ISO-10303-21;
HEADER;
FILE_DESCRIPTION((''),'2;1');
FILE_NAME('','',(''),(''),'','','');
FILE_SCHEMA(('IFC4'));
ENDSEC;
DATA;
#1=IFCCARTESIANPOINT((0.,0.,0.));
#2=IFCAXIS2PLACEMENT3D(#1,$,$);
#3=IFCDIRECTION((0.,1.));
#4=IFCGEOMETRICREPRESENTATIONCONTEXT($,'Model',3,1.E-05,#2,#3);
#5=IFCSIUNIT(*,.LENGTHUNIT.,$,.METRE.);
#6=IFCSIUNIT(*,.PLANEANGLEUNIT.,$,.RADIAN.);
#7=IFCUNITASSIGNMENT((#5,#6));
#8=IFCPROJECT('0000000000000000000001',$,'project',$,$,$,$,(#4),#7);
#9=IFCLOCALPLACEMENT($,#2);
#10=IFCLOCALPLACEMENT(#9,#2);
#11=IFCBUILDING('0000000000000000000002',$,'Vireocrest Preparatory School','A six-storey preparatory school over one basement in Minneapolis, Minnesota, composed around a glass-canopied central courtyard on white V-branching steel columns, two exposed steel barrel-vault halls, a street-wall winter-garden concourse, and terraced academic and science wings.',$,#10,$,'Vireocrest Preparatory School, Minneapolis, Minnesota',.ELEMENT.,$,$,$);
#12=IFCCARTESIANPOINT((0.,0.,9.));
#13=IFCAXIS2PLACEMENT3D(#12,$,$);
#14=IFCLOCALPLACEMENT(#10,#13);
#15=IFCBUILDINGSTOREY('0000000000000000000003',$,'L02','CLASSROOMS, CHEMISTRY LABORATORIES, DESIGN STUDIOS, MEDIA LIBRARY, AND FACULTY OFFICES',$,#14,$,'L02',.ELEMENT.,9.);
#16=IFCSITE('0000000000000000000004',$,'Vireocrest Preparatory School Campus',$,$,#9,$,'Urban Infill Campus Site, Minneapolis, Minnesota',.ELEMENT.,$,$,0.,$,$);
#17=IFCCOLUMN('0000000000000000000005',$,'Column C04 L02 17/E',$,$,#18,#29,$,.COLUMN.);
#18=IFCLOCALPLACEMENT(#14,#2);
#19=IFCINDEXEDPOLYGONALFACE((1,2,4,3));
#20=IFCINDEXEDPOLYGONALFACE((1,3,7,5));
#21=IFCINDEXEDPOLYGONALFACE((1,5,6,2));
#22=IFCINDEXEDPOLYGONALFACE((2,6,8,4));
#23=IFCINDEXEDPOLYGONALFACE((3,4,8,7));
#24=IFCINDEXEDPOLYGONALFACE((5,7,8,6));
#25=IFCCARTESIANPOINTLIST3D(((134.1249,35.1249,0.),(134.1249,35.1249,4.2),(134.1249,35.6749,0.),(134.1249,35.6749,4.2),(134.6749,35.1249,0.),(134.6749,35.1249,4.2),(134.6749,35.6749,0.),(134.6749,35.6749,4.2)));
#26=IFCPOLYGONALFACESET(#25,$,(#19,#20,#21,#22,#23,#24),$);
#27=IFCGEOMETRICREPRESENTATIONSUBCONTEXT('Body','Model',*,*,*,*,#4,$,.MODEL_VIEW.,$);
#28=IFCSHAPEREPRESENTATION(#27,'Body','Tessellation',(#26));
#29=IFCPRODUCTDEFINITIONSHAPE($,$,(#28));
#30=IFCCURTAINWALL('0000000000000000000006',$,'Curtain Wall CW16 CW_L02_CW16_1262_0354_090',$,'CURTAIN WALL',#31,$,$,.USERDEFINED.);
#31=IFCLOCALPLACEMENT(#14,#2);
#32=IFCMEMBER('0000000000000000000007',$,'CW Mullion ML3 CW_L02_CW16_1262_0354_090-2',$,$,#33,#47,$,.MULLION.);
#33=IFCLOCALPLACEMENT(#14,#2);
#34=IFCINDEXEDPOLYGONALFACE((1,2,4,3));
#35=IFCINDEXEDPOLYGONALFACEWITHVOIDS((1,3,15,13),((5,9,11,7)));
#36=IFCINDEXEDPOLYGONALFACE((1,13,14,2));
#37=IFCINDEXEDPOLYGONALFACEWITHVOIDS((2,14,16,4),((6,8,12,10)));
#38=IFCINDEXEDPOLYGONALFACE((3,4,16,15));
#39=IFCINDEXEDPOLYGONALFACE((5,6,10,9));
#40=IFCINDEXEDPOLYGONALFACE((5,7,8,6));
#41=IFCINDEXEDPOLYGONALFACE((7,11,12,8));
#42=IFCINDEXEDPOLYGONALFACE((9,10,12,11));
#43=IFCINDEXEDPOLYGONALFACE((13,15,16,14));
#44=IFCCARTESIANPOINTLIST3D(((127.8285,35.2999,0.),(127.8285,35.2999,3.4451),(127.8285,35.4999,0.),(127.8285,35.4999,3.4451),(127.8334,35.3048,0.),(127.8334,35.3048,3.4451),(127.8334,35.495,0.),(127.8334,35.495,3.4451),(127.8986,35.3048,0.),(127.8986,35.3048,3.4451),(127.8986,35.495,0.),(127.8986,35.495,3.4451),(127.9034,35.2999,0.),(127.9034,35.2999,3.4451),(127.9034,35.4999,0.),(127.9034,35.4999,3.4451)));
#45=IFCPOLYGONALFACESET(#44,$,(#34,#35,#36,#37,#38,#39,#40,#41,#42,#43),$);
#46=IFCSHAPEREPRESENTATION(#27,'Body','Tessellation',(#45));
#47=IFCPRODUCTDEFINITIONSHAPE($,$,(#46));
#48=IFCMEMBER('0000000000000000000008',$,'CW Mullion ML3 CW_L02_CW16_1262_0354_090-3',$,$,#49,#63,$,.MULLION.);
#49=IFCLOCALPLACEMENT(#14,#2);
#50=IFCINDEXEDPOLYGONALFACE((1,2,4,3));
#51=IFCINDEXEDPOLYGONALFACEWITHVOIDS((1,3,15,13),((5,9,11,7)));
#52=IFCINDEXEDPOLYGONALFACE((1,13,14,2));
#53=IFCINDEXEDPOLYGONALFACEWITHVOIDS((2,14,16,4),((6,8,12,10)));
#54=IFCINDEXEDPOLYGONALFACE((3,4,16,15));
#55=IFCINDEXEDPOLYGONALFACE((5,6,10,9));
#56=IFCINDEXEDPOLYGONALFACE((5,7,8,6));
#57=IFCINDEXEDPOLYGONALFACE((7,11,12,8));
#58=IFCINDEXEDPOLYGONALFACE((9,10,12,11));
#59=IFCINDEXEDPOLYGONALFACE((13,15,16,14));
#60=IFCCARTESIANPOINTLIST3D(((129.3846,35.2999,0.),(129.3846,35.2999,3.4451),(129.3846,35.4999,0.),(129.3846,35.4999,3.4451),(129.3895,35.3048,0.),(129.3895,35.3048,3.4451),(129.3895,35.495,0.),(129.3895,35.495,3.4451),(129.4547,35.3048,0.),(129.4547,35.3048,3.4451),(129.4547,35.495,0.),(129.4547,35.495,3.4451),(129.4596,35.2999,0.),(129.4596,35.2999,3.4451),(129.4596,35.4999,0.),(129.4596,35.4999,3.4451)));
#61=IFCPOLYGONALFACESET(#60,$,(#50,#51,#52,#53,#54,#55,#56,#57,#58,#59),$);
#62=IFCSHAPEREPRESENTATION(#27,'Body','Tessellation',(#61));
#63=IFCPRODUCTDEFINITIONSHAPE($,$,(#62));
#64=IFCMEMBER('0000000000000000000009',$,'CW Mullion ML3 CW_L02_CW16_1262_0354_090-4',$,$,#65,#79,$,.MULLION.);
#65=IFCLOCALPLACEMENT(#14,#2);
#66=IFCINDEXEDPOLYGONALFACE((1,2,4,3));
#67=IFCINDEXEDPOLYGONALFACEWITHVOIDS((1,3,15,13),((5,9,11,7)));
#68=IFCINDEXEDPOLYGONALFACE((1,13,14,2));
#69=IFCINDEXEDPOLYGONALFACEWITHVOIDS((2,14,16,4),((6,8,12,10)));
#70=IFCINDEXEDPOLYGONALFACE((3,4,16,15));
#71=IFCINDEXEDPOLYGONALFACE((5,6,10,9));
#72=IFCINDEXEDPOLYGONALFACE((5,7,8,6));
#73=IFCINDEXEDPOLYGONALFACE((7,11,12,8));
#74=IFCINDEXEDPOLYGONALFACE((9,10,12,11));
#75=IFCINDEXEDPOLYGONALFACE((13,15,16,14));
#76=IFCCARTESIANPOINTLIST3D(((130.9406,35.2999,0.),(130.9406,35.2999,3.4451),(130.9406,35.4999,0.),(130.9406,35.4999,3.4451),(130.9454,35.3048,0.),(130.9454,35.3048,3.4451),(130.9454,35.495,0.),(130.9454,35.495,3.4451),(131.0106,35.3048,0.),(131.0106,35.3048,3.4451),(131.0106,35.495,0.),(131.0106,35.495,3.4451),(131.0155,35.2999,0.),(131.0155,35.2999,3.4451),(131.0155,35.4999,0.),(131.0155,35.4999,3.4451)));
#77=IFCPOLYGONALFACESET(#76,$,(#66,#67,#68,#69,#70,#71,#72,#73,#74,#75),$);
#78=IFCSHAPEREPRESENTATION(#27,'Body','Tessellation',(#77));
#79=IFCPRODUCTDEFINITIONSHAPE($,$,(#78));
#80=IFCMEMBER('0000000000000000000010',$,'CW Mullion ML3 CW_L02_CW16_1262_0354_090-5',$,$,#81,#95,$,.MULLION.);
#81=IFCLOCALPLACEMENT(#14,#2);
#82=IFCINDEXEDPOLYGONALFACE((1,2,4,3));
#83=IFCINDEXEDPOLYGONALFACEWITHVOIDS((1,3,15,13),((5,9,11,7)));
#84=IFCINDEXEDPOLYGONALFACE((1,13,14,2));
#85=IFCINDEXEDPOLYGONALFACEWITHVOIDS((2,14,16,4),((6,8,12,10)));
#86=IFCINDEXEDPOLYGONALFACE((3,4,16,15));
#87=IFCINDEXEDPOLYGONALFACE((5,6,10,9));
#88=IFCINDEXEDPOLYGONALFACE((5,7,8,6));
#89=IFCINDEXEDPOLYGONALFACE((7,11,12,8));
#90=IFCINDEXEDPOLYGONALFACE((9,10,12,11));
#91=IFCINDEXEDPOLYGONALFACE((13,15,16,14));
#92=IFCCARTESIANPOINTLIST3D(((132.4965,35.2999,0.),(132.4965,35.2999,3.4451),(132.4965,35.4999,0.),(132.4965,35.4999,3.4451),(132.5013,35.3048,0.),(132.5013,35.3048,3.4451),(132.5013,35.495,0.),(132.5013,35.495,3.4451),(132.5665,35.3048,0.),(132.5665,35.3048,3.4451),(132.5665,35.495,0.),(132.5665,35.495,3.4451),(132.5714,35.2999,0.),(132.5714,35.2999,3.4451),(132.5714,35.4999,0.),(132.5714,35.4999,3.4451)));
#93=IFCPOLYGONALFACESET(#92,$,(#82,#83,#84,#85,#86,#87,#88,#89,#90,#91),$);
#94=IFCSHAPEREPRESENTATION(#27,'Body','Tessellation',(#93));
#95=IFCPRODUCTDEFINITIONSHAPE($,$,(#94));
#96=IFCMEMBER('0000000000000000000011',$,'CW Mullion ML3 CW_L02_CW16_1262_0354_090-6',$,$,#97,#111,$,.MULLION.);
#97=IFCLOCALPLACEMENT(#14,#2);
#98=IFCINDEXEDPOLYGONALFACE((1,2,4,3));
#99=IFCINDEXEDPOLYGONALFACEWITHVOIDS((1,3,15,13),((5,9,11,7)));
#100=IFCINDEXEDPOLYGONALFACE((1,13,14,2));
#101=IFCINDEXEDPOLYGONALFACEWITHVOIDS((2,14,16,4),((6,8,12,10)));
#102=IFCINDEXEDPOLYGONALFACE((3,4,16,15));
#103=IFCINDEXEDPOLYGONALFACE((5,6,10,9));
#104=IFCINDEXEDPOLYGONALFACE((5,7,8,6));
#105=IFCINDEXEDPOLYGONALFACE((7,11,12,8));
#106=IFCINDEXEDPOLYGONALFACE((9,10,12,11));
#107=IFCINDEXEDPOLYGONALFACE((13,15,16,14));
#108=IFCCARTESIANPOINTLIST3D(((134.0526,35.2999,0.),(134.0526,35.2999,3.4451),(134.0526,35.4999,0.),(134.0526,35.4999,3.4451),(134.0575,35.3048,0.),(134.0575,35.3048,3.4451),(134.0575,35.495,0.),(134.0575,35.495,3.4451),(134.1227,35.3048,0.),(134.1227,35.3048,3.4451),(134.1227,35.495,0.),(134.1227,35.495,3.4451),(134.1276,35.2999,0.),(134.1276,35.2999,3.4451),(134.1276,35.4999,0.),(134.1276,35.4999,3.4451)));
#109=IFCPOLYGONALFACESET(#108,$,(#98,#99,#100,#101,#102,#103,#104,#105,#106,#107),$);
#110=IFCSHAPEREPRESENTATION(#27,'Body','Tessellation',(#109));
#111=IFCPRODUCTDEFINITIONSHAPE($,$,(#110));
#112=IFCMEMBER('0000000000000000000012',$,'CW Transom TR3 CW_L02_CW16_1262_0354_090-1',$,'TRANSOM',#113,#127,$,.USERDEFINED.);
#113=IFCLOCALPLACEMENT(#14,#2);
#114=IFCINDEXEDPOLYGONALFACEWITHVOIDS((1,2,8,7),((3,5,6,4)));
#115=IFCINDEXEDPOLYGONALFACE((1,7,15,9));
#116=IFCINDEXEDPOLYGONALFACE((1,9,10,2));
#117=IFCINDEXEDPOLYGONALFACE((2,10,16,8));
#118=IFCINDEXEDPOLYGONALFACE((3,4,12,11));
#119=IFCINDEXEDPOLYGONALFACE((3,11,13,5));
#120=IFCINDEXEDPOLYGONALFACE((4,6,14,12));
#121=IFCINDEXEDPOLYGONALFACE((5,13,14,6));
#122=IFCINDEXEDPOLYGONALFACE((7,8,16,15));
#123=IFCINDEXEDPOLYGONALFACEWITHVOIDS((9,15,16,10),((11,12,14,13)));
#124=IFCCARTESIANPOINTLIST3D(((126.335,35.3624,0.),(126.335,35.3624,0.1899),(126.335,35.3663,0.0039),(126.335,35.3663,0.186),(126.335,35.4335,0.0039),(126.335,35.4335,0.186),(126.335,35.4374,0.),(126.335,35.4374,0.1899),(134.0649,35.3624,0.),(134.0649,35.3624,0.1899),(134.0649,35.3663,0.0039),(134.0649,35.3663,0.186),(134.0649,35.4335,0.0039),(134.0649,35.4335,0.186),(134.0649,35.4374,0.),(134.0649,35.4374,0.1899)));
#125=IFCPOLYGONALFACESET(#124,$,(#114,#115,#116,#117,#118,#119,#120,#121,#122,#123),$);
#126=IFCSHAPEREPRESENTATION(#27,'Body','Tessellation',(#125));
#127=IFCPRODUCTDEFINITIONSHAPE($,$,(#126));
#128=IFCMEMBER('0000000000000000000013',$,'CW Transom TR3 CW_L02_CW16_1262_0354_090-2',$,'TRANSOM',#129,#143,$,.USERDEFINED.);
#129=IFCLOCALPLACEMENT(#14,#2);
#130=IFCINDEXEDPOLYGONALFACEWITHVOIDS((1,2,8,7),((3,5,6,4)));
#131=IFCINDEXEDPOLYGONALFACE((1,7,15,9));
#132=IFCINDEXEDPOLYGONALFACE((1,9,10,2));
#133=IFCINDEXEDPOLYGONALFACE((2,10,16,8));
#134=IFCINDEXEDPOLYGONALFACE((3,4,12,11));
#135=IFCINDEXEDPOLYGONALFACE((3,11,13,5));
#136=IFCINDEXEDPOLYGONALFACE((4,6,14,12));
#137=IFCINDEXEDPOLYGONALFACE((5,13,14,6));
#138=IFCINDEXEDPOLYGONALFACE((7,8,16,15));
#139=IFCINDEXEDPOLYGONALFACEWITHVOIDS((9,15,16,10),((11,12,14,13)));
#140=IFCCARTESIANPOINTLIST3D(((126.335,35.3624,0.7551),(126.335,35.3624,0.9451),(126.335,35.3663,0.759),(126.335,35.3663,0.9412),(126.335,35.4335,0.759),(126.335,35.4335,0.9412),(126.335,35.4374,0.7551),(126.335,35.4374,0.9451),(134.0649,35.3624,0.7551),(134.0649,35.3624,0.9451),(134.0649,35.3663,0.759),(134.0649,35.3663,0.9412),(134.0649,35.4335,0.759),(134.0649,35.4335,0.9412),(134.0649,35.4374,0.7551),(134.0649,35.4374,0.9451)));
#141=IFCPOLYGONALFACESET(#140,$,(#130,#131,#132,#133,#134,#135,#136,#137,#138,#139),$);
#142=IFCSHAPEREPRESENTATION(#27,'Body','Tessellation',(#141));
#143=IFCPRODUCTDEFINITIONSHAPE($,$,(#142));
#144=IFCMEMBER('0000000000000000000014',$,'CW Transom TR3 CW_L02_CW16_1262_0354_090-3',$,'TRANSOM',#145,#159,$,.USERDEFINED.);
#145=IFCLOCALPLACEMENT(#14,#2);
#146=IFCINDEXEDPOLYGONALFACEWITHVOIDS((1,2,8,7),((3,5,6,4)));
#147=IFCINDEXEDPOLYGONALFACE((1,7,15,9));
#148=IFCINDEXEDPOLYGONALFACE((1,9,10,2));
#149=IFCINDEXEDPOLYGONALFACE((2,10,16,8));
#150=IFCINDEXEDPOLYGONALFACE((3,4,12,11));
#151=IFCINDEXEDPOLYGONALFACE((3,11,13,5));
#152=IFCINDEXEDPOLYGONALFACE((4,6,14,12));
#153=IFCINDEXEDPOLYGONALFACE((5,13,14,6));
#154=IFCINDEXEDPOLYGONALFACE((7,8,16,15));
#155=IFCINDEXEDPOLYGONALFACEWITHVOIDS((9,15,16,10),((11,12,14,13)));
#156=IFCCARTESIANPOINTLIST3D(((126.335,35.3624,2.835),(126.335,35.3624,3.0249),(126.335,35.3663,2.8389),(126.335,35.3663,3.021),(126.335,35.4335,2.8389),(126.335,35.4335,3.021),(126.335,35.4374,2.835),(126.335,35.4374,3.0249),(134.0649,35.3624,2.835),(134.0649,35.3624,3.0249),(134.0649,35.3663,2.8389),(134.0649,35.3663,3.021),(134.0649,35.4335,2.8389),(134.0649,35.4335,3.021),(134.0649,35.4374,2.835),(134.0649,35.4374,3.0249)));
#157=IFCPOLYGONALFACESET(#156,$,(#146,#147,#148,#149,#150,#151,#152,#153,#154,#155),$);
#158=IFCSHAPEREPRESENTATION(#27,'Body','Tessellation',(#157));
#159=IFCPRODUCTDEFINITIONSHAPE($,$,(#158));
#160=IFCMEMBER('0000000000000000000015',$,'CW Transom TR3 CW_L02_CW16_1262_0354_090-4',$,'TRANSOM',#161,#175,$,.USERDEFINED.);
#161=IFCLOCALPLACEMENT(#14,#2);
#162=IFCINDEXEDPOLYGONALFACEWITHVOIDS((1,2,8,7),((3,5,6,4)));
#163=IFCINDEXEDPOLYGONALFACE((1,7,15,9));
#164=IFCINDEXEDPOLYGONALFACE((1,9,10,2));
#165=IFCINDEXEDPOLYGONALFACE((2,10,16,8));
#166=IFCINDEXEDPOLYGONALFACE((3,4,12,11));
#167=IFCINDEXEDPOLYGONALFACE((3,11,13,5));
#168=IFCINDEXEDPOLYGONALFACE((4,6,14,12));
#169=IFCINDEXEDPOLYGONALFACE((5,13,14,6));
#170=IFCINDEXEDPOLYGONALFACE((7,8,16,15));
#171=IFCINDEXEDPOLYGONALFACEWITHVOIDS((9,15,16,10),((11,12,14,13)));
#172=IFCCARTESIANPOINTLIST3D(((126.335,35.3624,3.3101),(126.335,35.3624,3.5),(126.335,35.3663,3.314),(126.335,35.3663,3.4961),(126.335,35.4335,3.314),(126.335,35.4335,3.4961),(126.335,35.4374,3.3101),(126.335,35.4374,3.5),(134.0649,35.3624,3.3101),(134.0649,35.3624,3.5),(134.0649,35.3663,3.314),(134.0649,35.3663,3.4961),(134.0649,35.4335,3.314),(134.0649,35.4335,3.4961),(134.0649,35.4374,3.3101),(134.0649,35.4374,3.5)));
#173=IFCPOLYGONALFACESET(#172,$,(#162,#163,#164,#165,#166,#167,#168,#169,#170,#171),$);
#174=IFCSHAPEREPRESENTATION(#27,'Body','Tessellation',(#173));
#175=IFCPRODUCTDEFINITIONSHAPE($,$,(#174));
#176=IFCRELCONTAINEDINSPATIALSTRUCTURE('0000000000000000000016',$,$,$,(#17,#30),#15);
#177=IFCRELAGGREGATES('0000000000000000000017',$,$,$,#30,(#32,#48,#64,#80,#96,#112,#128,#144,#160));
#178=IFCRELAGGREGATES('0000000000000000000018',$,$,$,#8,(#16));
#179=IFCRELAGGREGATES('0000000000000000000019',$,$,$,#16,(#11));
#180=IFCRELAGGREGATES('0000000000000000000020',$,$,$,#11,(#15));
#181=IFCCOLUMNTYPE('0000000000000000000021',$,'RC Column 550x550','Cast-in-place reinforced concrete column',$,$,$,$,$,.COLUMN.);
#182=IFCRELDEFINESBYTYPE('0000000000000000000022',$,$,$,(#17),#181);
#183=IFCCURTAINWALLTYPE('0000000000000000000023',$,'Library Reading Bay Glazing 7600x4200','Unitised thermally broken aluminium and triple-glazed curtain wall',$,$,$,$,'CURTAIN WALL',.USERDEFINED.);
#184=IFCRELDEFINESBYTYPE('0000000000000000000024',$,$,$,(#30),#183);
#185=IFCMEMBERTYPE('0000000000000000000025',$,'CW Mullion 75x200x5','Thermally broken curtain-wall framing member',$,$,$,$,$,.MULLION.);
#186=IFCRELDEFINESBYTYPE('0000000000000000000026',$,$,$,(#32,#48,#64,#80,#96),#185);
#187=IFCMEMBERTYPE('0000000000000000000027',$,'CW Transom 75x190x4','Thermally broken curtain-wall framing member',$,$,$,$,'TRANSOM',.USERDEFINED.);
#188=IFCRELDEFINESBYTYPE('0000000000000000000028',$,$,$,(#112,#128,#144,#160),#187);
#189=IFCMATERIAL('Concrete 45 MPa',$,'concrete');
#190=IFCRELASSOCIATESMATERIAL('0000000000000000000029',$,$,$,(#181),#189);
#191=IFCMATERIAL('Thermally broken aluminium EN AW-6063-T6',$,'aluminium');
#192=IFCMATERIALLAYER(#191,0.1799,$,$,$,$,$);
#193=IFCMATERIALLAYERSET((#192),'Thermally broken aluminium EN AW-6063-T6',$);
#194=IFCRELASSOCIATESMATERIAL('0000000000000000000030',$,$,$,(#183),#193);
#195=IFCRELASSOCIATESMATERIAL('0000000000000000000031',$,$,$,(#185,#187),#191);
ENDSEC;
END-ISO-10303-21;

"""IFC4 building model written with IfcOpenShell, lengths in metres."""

from ifc_helpers import new_model, si_unit, direction, frame, origin, origin_2d, place, context, subcontext, project, spatial, rectangle, hollow_rectangle, extrude, material, layer, layer_set, material_profile, profile_set, type_object, element, aggregate, save


model = new_model("IFC4")

# Units and contexts
model_context = context("Model", 3, precision=1e-05, world=origin(), true_north=direction((0.0, 1.0)))
body_context = subcontext(model_context, "Body", "Model", "MODEL_VIEW")
ifc_project = project(units=[si_unit("LENGTHUNIT", "METRE"), si_unit("PLANEANGLEUNIT", "RADIAN")], contexts=[model_context])

# Site, building, storey
site_placement = place(None, origin())
site = spatial("IfcSite", under=ifc_project, at=site_placement, Name="Vireocrest Preparatory School Campus", LongName="Urban Infill Campus Site, Minneapolis, Minnesota", CompositionType="ELEMENT", RefElevation=0.0)
building_placement = place(site_placement, origin())
building = spatial("IfcBuilding", under=site, at=building_placement, Name="Vireocrest Preparatory School", Description="A six-storey preparatory school over one basement in Minneapolis, Minnesota, composed around a glass-canopied central courtyard on white V-branching steel columns, two exposed steel barrel-vault halls, a street-wall winter-garden concourse, and terraced academic and science wings.", LongName="Vireocrest Preparatory School, Minneapolis, Minnesota", CompositionType="ELEMENT")
storey_placement = place(building_placement, frame((0.0, 0.0, 9.0)))
storey = spatial("IfcBuildingStorey", under=building, at=storey_placement, Name="L02", Description="CLASSROOMS, CHEMISTRY LABORATORIES, DESIGN STUDIOS, MEDIA LIBRARY, AND FACULTY OFFICES", LongName="L02", CompositionType="ELEMENT", Elevation=9.0)

# Column
ifc_material_1 = material(Name="Concrete 45 MPa", Category="concrete")
ifc_material_profile_1 = material_profile(ifc_material_1, rectangle(XDim=0.55, YDim=0.55, at=origin_2d()), Name="RC 550x550")
ifc_profile_set_1 = profile_set([ifc_material_profile_1], Name="Concrete 45 MPa")
column_type = type_object("IfcColumnType", Name="RC Column 550x550", Description="Cast-in-place reinforced concrete column", PredefinedType="COLUMN", material=ifc_profile_set_1)
column_placement = place(storey_placement, frame((134.3999, 35.3999, 0.0), z_axis=(0.0, 0.0, 1.0), x_axis=(1.0, 0.0, 0.0)))
element("IfcColumn", 1, at=column_placement, inside=storey, type_object=column_type, Name="Column C04 L02 17/E", PredefinedType="COLUMN", context=body_context, shape_type="SweptSolid", body=[
    extrude(rectangle(XDim=0.55, YDim=0.55, at=origin_2d()), origin(), (0.0, 0.0, 1.0), 4.2),
])

# Curtain wall, members
ifc_material_2 = material(Name="Thermally broken aluminium EN AW-6063-T6", Category="aluminium")
ifc_layer_1 = layer(ifc_material_2, 0.1799)
ifc_layer_set_1 = layer_set([ifc_layer_1], Name="Thermally broken aluminium EN AW-6063-T6")
curtain_wall_type = type_object("IfcCurtainWallType", Name="Library Reading Bay Glazing 7600x4200", Description="Unitised thermally broken aluminium and triple-glazed curtain wall", ElementType="CURTAIN WALL", PredefinedType="USERDEFINED", material=ifc_layer_set_1)
curtain_wall_placement = place(storey_placement, origin())
curtain_wall = element("IfcCurtainWall", 2, at=curtain_wall_placement, inside=storey, type_object=curtain_wall_type, Name="Curtain Wall CW16 CW_L02_CW16_1262_0354_090", ObjectType="CURTAIN WALL", PredefinedType="USERDEFINED")
ifc_material_profile_2 = material_profile(ifc_material_2, hollow_rectangle(XDim=0.075, YDim=0.2, WallThickness=0.0049, at=origin_2d()), Name="ALU 75x200x5")
ifc_profile_set_2 = profile_set([ifc_material_profile_2], Name="Thermally broken aluminium EN AW-6063-T6")
member_type_1 = type_object("IfcMemberType", Name="CW Mullion 75x200x5", Description="Thermally broken curtain-wall framing member", PredefinedType="MULLION", material=ifc_profile_set_2)
member_1_placement = place(storey_placement, frame((127.866, 35.3999, 0.0), z_axis=(0.0, 0.0, 1.0), x_axis=(1.0, 0.0, 0.0)))
member_1 = element("IfcMember", 3, at=member_1_placement, type_object=member_type_1, Name="CW Mullion ML3 CW_L02_CW16_1262_0354_090-2", PredefinedType="MULLION", context=body_context, shape_type="SweptSolid", body=[
    extrude(hollow_rectangle(XDim=0.075, YDim=0.2, WallThickness=0.0049, at=origin_2d()), origin(), (0.0, 0.0, 1.0), 3.4451),
])
member_2_placement = place(storey_placement, frame((129.4221, 35.3999, 0.0), z_axis=(0.0, 0.0, 1.0), x_axis=(1.0, 0.0, 0.0)))
member_2 = element("IfcMember", 4, at=member_2_placement, type_object=member_type_1, Name="CW Mullion ML3 CW_L02_CW16_1262_0354_090-3", PredefinedType="MULLION", context=body_context, shape_type="SweptSolid", body=[
    extrude(hollow_rectangle(XDim=0.075, YDim=0.2, WallThickness=0.0049, at=origin_2d()), origin(), (0.0, 0.0, 1.0), 3.4451),
])
member_3_placement = place(storey_placement, frame((130.978, 35.3999, 0.0), z_axis=(0.0, 0.0, 1.0), x_axis=(1.0, 0.0, 0.0)))
member_3 = element("IfcMember", 5, at=member_3_placement, type_object=member_type_1, Name="CW Mullion ML3 CW_L02_CW16_1262_0354_090-4", PredefinedType="MULLION", context=body_context, shape_type="SweptSolid", body=[
    extrude(hollow_rectangle(XDim=0.075, YDim=0.2, WallThickness=0.0049, at=origin_2d()), origin(), (0.0, 0.0, 1.0), 3.4451),
])
member_4_placement = place(storey_placement, frame((132.5339, 35.3999, 0.0), z_axis=(0.0, 0.0, 1.0), x_axis=(1.0, 0.0, 0.0)))
member_4 = element("IfcMember", 6, at=member_4_placement, type_object=member_type_1, Name="CW Mullion ML3 CW_L02_CW16_1262_0354_090-5", PredefinedType="MULLION", context=body_context, shape_type="SweptSolid", body=[
    extrude(hollow_rectangle(XDim=0.075, YDim=0.2, WallThickness=0.0049, at=origin_2d()), origin(), (0.0, 0.0, 1.0), 3.4451),
])
member_5_placement = place(storey_placement, frame((134.0901, 35.3999, 0.0), z_axis=(0.0, 0.0, 1.0), x_axis=(1.0, 0.0, 0.0)))
member_5 = element("IfcMember", 7, at=member_5_placement, type_object=member_type_1, Name="CW Mullion ML3 CW_L02_CW16_1262_0354_090-6", PredefinedType="MULLION", context=body_context, shape_type="SweptSolid", body=[
    extrude(hollow_rectangle(XDim=0.075, YDim=0.2, WallThickness=0.0049, at=origin_2d()), origin(), (0.0, 0.0, 1.0), 3.4451),
])
ifc_material_profile_3 = material_profile(ifc_material_2, hollow_rectangle(XDim=0.075, YDim=0.1899, WallThickness=0.0039, at=origin_2d()), Name="ALU 75x190x4")
ifc_profile_set_3 = profile_set([ifc_material_profile_3], Name="Thermally broken aluminium EN AW-6063-T6")
member_type_2 = type_object("IfcMemberType", Name="CW Transom 75x190x4", Description="Thermally broken curtain-wall framing member", ElementType="TRANSOM", PredefinedType="USERDEFINED", material=ifc_profile_set_3)
member_6_placement = place(storey_placement, frame((126.335, 35.3999, 0.095), z_axis=(1.0, 0.0, 0.0), x_axis=(0.0, 1.0, 0.0)))
member_6 = element("IfcMember", 8, at=member_6_placement, type_object=member_type_2, Name="CW Transom TR3 CW_L02_CW16_1262_0354_090-1", ObjectType="TRANSOM", PredefinedType="USERDEFINED", context=body_context, shape_type="SweptSolid", body=[
    extrude(hollow_rectangle(XDim=0.075, YDim=0.1899, WallThickness=0.0039, at=origin_2d()), origin(), (0.0, 0.0, 1.0), 7.73),
])
member_7_placement = place(storey_placement, frame((126.335, 35.3999, 0.8501), z_axis=(1.0, 0.0, 0.0), x_axis=(0.0, 1.0, 0.0)))
member_7 = element("IfcMember", 9, at=member_7_placement, type_object=member_type_2, Name="CW Transom TR3 CW_L02_CW16_1262_0354_090-2", ObjectType="TRANSOM", PredefinedType="USERDEFINED", context=body_context, shape_type="SweptSolid", body=[
    extrude(hollow_rectangle(XDim=0.075, YDim=0.1899, WallThickness=0.0039, at=origin_2d()), origin(), (0.0, 0.0, 1.0), 7.73),
])
member_8_placement = place(storey_placement, frame((126.335, 35.3999, 2.9299), z_axis=(1.0, 0.0, 0.0), x_axis=(0.0, 1.0, 0.0)))
member_8 = element("IfcMember", 10, at=member_8_placement, type_object=member_type_2, Name="CW Transom TR3 CW_L02_CW16_1262_0354_090-3", ObjectType="TRANSOM", PredefinedType="USERDEFINED", context=body_context, shape_type="SweptSolid", body=[
    extrude(hollow_rectangle(XDim=0.075, YDim=0.1899, WallThickness=0.0039, at=origin_2d()), origin(), (0.0, 0.0, 1.0), 7.73),
])
member_9_placement = place(storey_placement, frame((126.335, 35.3999, 3.405), z_axis=(1.0, 0.0, 0.0), x_axis=(0.0, 1.0, 0.0)))
member_9 = element("IfcMember", 11, at=member_9_placement, type_object=member_type_2, Name="CW Transom TR3 CW_L02_CW16_1262_0354_090-4", ObjectType="TRANSOM", PredefinedType="USERDEFINED", context=body_context, shape_type="SweptSolid", body=[
    extrude(hollow_rectangle(XDim=0.075, YDim=0.1899, WallThickness=0.0039, at=origin_2d()), origin(), (0.0, 0.0, 1.0), 7.73),
])

aggregate(curtain_wall, [member_1, member_2, member_3, member_4, member_5, member_6, member_7, member_8, member_9])

save(model, "model.ifc")
